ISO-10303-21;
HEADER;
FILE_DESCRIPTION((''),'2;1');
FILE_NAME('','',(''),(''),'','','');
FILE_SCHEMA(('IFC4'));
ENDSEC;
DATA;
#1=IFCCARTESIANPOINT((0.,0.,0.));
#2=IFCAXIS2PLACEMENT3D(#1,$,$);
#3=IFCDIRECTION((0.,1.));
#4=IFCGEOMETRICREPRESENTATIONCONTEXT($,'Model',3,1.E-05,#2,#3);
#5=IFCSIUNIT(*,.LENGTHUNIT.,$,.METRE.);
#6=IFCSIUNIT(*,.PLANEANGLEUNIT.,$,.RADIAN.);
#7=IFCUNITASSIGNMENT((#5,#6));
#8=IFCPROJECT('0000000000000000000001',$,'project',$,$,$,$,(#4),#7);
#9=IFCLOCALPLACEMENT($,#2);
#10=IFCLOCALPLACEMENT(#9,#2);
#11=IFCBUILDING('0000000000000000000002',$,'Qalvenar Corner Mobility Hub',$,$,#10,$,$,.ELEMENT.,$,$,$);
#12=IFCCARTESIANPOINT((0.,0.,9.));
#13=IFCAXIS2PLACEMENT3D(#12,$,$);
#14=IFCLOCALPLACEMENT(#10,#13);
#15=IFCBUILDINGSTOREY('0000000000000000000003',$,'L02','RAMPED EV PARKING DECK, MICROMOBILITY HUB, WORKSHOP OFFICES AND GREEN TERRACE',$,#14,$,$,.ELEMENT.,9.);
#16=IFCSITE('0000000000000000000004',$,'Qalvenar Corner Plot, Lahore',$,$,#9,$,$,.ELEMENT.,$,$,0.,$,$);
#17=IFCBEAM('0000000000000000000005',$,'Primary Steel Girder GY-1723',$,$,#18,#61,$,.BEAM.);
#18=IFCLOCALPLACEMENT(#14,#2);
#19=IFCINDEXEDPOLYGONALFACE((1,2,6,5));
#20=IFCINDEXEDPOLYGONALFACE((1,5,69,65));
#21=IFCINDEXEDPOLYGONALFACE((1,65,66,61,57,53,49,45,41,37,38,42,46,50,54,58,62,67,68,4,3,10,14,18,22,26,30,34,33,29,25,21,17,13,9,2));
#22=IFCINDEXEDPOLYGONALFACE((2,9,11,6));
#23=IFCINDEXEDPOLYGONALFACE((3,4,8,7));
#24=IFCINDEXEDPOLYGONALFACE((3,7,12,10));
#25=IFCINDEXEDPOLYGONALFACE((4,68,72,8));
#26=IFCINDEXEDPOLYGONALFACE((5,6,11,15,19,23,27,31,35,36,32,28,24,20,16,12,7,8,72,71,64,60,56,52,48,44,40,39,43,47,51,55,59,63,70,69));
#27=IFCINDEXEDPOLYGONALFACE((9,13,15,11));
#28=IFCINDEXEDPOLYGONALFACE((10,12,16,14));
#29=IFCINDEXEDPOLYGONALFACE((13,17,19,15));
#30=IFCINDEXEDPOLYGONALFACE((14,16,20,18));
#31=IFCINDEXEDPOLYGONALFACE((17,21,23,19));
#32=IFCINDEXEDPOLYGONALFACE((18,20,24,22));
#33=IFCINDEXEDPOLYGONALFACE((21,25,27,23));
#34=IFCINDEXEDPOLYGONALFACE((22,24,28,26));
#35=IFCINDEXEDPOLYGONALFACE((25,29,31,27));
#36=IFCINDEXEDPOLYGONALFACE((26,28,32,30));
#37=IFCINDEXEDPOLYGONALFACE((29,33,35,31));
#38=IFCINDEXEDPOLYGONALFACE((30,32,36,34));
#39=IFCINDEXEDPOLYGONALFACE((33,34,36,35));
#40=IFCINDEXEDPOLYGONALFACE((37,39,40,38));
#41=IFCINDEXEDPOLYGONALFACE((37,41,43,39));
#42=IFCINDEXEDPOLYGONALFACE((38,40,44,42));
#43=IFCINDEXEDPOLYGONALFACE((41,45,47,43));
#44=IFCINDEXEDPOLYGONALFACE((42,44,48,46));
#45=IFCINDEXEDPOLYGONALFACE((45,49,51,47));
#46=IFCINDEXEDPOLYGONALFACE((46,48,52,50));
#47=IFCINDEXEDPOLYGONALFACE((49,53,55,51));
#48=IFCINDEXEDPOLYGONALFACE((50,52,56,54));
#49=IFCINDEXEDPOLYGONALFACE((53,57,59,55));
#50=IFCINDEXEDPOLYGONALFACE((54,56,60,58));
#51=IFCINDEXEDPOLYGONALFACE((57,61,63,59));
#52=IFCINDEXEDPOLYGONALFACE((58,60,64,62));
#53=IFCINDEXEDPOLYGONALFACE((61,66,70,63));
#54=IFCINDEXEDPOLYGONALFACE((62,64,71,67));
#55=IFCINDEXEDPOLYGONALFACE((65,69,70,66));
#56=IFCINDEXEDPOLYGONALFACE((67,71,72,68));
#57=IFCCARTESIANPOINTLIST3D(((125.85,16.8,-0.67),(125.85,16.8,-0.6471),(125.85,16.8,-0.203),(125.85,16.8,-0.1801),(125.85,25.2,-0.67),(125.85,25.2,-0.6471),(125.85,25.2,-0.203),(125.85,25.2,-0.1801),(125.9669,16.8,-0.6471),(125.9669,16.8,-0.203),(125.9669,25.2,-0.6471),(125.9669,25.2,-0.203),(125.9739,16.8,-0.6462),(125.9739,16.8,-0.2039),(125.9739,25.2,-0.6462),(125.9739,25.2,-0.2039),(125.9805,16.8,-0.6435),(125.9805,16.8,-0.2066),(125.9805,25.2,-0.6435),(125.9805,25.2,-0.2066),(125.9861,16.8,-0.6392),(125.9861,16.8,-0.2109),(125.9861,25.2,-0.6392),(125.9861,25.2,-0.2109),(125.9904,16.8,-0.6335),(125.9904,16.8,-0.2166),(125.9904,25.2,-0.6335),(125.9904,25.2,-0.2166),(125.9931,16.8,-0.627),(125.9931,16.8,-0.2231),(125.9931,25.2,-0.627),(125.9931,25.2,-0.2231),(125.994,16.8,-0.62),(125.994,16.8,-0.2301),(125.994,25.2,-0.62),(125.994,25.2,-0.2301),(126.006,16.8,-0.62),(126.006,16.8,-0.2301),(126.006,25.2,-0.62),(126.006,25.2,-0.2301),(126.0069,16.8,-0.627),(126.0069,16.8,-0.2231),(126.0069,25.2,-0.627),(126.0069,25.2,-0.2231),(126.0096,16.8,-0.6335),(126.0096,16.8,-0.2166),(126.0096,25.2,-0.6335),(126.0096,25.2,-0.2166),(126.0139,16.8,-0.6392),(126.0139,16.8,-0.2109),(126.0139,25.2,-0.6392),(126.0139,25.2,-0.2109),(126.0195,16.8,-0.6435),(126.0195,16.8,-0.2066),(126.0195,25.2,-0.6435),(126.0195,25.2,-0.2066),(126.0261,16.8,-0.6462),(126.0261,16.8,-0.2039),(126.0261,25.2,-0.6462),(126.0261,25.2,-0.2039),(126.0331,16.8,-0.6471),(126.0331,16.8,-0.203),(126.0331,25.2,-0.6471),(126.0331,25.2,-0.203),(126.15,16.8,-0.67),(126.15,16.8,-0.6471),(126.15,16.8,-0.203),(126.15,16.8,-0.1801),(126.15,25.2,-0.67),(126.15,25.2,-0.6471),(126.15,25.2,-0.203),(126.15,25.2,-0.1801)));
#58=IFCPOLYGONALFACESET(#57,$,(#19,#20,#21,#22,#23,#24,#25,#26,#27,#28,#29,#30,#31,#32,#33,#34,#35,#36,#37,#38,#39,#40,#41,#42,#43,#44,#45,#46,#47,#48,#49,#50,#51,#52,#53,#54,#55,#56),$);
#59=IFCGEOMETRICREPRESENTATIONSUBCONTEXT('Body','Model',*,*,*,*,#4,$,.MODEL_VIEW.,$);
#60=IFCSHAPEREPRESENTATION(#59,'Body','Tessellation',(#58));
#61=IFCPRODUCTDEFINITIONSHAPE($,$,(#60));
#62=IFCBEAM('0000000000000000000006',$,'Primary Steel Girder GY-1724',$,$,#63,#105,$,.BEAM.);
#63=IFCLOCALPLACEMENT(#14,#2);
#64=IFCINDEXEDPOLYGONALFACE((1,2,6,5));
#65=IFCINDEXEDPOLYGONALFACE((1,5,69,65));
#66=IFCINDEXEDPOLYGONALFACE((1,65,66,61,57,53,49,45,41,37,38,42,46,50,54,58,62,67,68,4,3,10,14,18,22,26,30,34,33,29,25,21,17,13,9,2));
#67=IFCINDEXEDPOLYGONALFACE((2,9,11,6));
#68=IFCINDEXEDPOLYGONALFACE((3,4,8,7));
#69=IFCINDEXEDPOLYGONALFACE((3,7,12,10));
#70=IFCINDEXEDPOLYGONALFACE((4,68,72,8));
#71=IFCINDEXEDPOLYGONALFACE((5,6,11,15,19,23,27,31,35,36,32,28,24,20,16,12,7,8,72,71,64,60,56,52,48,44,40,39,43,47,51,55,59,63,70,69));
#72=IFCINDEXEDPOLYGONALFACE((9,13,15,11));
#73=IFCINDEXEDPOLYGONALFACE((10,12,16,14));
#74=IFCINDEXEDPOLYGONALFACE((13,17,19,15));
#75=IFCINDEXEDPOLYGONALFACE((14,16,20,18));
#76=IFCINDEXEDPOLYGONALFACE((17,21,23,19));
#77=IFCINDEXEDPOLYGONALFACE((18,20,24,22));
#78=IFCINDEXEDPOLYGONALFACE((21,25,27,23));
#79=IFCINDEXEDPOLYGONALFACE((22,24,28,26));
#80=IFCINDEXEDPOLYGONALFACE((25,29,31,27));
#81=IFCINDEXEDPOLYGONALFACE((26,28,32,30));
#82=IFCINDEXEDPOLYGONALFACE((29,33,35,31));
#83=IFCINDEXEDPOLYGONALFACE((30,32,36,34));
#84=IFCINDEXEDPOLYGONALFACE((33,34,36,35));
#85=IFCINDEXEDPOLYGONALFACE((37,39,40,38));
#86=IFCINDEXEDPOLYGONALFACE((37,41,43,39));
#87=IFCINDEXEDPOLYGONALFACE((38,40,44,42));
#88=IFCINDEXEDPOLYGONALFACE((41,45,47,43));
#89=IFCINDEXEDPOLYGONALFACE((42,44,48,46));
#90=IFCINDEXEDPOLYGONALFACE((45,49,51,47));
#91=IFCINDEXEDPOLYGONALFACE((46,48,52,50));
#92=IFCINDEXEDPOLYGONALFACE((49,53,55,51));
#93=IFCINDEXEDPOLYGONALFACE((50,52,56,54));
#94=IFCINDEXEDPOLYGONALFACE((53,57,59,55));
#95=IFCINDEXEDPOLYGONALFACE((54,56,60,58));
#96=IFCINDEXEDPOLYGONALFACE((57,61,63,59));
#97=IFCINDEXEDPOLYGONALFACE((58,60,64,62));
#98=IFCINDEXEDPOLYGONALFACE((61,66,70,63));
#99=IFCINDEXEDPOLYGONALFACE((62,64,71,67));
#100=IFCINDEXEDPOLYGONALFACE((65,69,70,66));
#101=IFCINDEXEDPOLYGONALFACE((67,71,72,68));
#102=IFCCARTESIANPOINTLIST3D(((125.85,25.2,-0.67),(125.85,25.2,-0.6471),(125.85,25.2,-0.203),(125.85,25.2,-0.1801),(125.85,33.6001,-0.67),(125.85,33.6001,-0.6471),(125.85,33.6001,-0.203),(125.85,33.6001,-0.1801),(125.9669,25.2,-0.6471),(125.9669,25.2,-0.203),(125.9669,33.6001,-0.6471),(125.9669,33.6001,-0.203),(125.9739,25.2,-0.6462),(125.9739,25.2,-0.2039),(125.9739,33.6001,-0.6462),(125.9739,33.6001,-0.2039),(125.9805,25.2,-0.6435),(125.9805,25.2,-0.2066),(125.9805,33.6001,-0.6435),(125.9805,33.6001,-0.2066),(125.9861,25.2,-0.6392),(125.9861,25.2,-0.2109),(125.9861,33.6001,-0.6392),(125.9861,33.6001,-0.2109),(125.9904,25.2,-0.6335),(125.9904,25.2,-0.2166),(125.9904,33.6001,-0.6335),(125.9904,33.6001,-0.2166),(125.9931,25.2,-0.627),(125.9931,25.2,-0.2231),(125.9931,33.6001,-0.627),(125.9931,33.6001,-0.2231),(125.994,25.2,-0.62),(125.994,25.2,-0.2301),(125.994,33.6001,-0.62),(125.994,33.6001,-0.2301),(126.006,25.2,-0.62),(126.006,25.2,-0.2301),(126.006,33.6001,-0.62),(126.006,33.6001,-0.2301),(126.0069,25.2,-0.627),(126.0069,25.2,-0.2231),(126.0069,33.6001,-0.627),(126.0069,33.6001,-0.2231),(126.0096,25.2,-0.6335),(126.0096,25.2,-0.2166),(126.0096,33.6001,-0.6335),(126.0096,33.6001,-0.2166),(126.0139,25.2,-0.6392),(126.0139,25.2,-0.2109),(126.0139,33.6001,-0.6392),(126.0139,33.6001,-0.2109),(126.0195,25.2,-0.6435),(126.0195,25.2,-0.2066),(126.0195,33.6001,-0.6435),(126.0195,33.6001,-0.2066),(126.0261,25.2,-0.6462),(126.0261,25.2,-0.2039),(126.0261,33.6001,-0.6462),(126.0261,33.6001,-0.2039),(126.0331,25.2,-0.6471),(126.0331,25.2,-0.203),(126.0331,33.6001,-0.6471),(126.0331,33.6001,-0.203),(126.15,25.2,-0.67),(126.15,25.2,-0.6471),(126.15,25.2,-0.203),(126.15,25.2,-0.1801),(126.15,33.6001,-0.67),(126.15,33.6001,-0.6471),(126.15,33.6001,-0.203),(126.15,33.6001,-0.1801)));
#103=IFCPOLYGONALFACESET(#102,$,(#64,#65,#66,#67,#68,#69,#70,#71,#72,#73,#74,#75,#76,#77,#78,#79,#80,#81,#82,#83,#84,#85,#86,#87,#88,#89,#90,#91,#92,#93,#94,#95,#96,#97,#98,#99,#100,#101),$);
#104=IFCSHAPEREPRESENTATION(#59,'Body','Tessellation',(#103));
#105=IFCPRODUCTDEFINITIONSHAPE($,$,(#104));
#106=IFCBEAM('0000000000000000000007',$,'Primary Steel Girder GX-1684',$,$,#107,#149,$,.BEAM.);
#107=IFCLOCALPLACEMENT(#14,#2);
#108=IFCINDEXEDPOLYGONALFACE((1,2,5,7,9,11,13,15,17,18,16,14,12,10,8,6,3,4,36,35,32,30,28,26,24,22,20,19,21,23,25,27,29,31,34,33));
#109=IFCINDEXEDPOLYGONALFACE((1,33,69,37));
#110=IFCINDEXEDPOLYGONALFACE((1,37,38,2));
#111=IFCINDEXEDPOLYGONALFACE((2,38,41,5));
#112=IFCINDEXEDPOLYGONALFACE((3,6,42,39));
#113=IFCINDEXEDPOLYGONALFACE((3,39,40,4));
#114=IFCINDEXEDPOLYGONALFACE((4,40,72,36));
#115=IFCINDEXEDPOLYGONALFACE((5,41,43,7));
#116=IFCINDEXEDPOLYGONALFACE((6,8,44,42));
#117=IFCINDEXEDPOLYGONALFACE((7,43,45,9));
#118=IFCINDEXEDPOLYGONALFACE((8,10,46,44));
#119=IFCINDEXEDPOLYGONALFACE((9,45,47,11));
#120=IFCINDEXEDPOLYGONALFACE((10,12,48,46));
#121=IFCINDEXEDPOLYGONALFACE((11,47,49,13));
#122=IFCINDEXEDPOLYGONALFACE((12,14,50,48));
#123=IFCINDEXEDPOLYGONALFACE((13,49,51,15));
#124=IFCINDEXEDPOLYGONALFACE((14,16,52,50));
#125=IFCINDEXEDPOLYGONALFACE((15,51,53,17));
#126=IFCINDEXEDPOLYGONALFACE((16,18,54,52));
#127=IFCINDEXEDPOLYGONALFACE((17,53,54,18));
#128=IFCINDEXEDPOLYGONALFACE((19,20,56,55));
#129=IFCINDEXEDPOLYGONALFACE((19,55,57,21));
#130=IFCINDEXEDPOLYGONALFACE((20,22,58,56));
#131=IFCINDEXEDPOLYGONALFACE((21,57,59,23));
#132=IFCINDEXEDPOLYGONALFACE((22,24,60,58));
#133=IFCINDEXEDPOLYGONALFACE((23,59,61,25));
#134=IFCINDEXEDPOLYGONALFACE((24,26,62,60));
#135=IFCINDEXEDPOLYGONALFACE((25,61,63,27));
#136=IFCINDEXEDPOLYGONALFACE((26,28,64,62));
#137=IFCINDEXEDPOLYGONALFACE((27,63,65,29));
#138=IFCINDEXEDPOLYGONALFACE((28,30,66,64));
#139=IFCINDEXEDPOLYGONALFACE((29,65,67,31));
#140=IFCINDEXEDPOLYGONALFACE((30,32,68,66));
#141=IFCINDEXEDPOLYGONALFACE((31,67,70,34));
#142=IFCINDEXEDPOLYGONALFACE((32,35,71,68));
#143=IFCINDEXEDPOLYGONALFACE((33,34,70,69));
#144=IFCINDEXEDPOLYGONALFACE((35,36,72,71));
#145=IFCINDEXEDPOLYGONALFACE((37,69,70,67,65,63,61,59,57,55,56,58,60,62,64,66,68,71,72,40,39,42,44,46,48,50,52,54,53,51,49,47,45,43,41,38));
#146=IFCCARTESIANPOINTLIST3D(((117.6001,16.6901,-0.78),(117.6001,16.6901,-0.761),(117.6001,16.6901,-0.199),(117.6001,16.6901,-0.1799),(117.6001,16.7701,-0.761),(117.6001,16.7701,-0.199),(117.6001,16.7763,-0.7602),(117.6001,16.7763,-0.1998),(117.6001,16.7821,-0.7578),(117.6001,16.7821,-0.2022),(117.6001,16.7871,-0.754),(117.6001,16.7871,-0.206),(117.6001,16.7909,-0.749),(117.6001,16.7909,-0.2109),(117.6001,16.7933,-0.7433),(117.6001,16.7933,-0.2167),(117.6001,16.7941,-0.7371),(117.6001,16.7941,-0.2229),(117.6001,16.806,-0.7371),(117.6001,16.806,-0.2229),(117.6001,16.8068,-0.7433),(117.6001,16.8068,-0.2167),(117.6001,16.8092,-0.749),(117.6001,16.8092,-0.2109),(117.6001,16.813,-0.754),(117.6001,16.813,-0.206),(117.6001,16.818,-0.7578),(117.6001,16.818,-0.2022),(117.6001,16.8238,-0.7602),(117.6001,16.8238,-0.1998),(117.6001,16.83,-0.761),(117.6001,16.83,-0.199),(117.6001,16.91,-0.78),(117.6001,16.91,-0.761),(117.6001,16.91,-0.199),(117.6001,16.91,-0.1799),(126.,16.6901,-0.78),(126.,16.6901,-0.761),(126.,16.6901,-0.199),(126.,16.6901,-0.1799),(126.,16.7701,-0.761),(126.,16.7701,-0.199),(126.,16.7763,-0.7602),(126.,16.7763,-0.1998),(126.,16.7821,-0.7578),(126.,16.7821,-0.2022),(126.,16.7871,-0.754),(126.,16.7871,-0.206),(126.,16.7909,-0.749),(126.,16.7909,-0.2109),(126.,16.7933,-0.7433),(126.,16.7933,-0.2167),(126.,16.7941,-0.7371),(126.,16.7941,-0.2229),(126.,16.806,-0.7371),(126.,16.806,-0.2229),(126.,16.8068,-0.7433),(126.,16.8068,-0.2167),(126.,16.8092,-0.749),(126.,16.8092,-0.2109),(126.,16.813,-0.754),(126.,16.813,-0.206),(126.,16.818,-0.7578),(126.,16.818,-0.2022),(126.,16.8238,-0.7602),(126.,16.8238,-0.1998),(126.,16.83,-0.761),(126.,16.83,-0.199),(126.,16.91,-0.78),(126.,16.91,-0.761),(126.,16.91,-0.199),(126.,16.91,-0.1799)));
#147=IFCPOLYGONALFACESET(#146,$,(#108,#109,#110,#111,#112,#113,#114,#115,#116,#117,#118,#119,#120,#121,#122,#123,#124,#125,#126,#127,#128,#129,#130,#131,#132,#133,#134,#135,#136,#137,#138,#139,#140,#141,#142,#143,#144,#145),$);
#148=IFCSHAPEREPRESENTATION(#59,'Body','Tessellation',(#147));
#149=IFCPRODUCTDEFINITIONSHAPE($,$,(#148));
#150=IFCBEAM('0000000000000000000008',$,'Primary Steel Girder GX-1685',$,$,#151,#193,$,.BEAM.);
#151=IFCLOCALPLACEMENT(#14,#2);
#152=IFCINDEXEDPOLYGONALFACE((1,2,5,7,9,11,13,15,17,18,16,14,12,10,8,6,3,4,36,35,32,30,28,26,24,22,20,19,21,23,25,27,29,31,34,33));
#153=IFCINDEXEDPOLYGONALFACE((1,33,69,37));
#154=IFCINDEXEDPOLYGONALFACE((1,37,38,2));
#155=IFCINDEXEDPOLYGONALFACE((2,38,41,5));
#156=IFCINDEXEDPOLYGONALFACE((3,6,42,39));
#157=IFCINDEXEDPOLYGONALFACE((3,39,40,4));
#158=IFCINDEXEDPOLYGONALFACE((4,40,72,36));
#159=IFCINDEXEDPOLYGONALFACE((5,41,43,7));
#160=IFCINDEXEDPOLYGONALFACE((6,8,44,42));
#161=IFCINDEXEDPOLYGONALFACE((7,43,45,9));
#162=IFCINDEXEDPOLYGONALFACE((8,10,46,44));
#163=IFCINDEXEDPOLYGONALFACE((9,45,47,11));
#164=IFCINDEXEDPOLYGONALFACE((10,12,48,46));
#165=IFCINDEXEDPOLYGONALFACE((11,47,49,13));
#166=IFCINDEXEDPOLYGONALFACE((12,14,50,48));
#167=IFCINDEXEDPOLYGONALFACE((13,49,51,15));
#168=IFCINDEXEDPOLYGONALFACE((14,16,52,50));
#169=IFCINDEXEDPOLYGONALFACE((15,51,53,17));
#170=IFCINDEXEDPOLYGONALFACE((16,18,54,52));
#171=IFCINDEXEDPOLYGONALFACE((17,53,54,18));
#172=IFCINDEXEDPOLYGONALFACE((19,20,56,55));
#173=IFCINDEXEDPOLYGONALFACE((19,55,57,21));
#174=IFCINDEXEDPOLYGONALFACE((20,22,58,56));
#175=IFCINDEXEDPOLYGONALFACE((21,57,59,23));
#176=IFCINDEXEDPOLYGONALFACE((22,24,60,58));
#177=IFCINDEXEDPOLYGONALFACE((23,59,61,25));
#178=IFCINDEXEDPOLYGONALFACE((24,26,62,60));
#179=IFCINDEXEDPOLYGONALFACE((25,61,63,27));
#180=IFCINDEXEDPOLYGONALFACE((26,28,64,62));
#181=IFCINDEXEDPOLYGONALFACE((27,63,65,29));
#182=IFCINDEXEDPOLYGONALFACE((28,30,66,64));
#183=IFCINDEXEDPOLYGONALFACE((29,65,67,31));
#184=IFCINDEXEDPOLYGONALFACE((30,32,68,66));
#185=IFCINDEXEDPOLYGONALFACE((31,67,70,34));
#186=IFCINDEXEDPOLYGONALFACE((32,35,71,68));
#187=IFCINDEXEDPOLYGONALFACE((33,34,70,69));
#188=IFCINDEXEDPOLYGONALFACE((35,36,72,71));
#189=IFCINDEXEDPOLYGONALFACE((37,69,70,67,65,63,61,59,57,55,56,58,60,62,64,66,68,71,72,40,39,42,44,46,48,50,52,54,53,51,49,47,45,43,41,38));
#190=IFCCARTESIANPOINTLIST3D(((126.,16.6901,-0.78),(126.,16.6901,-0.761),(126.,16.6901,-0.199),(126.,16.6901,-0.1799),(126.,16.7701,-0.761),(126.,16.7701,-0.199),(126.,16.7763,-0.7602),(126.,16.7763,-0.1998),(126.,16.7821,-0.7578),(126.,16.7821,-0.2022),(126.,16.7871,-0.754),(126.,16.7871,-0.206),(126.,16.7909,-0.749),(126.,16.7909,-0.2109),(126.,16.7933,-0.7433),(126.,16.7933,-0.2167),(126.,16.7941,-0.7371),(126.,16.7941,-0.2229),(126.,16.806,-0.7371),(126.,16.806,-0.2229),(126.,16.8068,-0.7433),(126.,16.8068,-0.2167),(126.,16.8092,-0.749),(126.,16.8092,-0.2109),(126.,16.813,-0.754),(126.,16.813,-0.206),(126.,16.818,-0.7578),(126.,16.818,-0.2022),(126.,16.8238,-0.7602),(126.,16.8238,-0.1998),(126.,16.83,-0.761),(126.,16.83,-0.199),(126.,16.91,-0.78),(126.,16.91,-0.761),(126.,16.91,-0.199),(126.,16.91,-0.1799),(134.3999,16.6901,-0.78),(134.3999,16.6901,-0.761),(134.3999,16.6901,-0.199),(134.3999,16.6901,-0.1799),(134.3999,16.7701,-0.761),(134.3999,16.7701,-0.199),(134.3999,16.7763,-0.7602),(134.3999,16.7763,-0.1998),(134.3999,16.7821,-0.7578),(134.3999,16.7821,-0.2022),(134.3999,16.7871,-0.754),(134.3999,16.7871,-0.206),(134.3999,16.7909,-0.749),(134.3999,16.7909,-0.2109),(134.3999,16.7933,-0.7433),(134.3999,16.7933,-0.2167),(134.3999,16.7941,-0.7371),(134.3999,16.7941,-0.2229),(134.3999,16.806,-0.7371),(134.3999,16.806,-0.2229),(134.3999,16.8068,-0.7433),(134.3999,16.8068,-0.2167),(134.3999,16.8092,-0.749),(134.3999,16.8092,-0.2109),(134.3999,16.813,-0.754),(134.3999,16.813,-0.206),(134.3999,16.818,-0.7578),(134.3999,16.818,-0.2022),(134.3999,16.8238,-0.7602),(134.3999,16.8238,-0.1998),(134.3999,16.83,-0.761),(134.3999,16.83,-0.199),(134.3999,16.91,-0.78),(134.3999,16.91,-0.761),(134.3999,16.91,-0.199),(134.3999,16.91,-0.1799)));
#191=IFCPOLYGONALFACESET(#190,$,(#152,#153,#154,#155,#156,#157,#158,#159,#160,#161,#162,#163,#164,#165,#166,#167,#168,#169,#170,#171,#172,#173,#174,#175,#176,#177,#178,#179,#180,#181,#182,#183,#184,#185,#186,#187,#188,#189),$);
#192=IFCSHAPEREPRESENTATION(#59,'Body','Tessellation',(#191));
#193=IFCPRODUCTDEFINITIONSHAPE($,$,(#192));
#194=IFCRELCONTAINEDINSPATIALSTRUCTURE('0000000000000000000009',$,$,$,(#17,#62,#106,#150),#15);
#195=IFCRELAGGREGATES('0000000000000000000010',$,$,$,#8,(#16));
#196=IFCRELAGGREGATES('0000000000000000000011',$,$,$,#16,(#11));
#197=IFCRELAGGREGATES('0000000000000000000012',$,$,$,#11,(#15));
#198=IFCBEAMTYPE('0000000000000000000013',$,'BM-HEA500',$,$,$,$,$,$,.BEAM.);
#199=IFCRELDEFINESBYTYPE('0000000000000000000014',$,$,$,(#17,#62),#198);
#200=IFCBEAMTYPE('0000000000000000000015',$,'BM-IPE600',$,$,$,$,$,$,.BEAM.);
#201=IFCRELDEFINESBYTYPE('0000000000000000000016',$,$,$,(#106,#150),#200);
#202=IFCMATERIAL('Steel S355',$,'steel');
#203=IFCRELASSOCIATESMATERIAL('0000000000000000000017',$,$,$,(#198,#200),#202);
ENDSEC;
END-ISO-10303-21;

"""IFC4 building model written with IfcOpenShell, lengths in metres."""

from ifc_helpers import new_model, si_unit, direction, frame, origin, origin_2d, place, context, subcontext, project, spatial, i_section, extrude, material, material_profile, profile_set, type_object, element, save


model = new_model("IFC4")

# Units and contexts
model_context = context("Model", 3, precision=1e-05, world=origin(), true_north=direction((0.0, 1.0)))
body_context = subcontext(model_context, "Body", "Model", "MODEL_VIEW")
ifc_project = project(units=[si_unit("LENGTHUNIT", "METRE"), si_unit("PLANEANGLEUNIT", "RADIAN")], contexts=[model_context])

# Site, building, storey
site_placement = place(None, origin())
site = spatial("IfcSite", under=ifc_project, at=site_placement, Name="Qalvenar Corner Plot, Lahore", CompositionType="ELEMENT", RefElevation=0.0)
building_placement = place(site_placement, origin())
building = spatial("IfcBuilding", under=site, at=building_placement, Name="Qalvenar Corner Mobility Hub", CompositionType="ELEMENT")
storey_placement = place(building_placement, frame((0.0, 0.0, 9.0)))
storey = spatial("IfcBuildingStorey", under=building, at=storey_placement, Name="L02", Description="RAMPED EV PARKING DECK, MICROMOBILITY HUB, WORKSHOP OFFICES AND GREEN TERRACE", CompositionType="ELEMENT", Elevation=9.0)

# Shared definitions
ifc_material_1 = material(Name="Steel S355", Category="steel")

# Beams
ifc_material_profile_1 = material_profile(ifc_material_1, i_section(OverallWidth=0.3, OverallDepth=0.49, WebThickness=0.012, FlangeThickness=0.0229, FilletRadius=0.0271, at=origin_2d()), Name="HEA500")
ifc_profile_set_1 = profile_set([ifc_material_profile_1], Name="Steel S355")
beam_type_1 = type_object("IfcBeamType", Name="BM-HEA500", PredefinedType="BEAM", material=ifc_profile_set_1)
beam_1_placement = place(storey_placement, frame((126.0, 16.8, -0.425), z_axis=(0.0, 1.0, 0.0), x_axis=(-1.0, 0.0, 0.0)))
element("IfcBeam", 1, at=beam_1_placement, inside=storey, type_object=beam_type_1, Name="Primary Steel Girder GY-1723", PredefinedType="BEAM", context=body_context, shape_type="SweptSolid", body=[
    extrude(i_section(OverallWidth=0.3, OverallDepth=0.49, WebThickness=0.012, FlangeThickness=0.0229, FilletRadius=0.0271, at=origin_2d()), origin(), (0.0, 0.0, 1.0), 8.3999),
])
beam_2_placement = place(storey_placement, frame((126.0, 25.2, -0.425), z_axis=(0.0, 1.0, 0.0), x_axis=(-1.0, 0.0, 0.0)))
element("IfcBeam", 2, at=beam_2_placement, inside=storey, type_object=beam_type_1, Name="Primary Steel Girder GY-1724", PredefinedType="BEAM", context=body_context, shape_type="SweptSolid", body=[
    extrude(i_section(OverallWidth=0.3, OverallDepth=0.49, WebThickness=0.012, FlangeThickness=0.0229, FilletRadius=0.0271, at=origin_2d()), origin(), (0.0, 0.0, 1.0), 8.4001),
])
ifc_material_profile_2 = material_profile(ifc_material_1, i_section(OverallWidth=0.22, OverallDepth=0.6001, WebThickness=0.012, FlangeThickness=0.019, FilletRadius=0.0239, at=origin_2d()), Name="IPE600")
ifc_profile_set_2 = profile_set([ifc_material_profile_2], Name="Steel S355")
beam_type_2 = type_object("IfcBeamType", Name="BM-IPE600", PredefinedType="BEAM", material=ifc_profile_set_2)
for number, where, z_axis, x_axis, name in (
    (3, (117.6001, 16.8, -0.48), (1.0, 0.0, 0.0), (0.0, 1.0, 0.0), "Primary Steel Girder GX-1684"),
    (4, (126.0, 16.8, -0.48), (1.0, 0.0, 0.0), (0.0, 1.0, 0.0), "Primary Steel Girder GX-1685"),
):
    element("IfcBeam", number, at=place(storey_placement, frame(where, z_axis=z_axis, x_axis=x_axis)), inside=storey, type_object=beam_type_2, Name=name, PredefinedType="BEAM", context=body_context, shape_type="SweptSolid", body=[
        extrude(i_section(OverallWidth=0.22, OverallDepth=0.6001, WebThickness=0.012, FlangeThickness=0.019, FilletRadius=0.0239, at=origin_2d()), origin(), (0.0, 0.0, 1.0), 8.3999),
    ])

save(model, "model.ifc")
